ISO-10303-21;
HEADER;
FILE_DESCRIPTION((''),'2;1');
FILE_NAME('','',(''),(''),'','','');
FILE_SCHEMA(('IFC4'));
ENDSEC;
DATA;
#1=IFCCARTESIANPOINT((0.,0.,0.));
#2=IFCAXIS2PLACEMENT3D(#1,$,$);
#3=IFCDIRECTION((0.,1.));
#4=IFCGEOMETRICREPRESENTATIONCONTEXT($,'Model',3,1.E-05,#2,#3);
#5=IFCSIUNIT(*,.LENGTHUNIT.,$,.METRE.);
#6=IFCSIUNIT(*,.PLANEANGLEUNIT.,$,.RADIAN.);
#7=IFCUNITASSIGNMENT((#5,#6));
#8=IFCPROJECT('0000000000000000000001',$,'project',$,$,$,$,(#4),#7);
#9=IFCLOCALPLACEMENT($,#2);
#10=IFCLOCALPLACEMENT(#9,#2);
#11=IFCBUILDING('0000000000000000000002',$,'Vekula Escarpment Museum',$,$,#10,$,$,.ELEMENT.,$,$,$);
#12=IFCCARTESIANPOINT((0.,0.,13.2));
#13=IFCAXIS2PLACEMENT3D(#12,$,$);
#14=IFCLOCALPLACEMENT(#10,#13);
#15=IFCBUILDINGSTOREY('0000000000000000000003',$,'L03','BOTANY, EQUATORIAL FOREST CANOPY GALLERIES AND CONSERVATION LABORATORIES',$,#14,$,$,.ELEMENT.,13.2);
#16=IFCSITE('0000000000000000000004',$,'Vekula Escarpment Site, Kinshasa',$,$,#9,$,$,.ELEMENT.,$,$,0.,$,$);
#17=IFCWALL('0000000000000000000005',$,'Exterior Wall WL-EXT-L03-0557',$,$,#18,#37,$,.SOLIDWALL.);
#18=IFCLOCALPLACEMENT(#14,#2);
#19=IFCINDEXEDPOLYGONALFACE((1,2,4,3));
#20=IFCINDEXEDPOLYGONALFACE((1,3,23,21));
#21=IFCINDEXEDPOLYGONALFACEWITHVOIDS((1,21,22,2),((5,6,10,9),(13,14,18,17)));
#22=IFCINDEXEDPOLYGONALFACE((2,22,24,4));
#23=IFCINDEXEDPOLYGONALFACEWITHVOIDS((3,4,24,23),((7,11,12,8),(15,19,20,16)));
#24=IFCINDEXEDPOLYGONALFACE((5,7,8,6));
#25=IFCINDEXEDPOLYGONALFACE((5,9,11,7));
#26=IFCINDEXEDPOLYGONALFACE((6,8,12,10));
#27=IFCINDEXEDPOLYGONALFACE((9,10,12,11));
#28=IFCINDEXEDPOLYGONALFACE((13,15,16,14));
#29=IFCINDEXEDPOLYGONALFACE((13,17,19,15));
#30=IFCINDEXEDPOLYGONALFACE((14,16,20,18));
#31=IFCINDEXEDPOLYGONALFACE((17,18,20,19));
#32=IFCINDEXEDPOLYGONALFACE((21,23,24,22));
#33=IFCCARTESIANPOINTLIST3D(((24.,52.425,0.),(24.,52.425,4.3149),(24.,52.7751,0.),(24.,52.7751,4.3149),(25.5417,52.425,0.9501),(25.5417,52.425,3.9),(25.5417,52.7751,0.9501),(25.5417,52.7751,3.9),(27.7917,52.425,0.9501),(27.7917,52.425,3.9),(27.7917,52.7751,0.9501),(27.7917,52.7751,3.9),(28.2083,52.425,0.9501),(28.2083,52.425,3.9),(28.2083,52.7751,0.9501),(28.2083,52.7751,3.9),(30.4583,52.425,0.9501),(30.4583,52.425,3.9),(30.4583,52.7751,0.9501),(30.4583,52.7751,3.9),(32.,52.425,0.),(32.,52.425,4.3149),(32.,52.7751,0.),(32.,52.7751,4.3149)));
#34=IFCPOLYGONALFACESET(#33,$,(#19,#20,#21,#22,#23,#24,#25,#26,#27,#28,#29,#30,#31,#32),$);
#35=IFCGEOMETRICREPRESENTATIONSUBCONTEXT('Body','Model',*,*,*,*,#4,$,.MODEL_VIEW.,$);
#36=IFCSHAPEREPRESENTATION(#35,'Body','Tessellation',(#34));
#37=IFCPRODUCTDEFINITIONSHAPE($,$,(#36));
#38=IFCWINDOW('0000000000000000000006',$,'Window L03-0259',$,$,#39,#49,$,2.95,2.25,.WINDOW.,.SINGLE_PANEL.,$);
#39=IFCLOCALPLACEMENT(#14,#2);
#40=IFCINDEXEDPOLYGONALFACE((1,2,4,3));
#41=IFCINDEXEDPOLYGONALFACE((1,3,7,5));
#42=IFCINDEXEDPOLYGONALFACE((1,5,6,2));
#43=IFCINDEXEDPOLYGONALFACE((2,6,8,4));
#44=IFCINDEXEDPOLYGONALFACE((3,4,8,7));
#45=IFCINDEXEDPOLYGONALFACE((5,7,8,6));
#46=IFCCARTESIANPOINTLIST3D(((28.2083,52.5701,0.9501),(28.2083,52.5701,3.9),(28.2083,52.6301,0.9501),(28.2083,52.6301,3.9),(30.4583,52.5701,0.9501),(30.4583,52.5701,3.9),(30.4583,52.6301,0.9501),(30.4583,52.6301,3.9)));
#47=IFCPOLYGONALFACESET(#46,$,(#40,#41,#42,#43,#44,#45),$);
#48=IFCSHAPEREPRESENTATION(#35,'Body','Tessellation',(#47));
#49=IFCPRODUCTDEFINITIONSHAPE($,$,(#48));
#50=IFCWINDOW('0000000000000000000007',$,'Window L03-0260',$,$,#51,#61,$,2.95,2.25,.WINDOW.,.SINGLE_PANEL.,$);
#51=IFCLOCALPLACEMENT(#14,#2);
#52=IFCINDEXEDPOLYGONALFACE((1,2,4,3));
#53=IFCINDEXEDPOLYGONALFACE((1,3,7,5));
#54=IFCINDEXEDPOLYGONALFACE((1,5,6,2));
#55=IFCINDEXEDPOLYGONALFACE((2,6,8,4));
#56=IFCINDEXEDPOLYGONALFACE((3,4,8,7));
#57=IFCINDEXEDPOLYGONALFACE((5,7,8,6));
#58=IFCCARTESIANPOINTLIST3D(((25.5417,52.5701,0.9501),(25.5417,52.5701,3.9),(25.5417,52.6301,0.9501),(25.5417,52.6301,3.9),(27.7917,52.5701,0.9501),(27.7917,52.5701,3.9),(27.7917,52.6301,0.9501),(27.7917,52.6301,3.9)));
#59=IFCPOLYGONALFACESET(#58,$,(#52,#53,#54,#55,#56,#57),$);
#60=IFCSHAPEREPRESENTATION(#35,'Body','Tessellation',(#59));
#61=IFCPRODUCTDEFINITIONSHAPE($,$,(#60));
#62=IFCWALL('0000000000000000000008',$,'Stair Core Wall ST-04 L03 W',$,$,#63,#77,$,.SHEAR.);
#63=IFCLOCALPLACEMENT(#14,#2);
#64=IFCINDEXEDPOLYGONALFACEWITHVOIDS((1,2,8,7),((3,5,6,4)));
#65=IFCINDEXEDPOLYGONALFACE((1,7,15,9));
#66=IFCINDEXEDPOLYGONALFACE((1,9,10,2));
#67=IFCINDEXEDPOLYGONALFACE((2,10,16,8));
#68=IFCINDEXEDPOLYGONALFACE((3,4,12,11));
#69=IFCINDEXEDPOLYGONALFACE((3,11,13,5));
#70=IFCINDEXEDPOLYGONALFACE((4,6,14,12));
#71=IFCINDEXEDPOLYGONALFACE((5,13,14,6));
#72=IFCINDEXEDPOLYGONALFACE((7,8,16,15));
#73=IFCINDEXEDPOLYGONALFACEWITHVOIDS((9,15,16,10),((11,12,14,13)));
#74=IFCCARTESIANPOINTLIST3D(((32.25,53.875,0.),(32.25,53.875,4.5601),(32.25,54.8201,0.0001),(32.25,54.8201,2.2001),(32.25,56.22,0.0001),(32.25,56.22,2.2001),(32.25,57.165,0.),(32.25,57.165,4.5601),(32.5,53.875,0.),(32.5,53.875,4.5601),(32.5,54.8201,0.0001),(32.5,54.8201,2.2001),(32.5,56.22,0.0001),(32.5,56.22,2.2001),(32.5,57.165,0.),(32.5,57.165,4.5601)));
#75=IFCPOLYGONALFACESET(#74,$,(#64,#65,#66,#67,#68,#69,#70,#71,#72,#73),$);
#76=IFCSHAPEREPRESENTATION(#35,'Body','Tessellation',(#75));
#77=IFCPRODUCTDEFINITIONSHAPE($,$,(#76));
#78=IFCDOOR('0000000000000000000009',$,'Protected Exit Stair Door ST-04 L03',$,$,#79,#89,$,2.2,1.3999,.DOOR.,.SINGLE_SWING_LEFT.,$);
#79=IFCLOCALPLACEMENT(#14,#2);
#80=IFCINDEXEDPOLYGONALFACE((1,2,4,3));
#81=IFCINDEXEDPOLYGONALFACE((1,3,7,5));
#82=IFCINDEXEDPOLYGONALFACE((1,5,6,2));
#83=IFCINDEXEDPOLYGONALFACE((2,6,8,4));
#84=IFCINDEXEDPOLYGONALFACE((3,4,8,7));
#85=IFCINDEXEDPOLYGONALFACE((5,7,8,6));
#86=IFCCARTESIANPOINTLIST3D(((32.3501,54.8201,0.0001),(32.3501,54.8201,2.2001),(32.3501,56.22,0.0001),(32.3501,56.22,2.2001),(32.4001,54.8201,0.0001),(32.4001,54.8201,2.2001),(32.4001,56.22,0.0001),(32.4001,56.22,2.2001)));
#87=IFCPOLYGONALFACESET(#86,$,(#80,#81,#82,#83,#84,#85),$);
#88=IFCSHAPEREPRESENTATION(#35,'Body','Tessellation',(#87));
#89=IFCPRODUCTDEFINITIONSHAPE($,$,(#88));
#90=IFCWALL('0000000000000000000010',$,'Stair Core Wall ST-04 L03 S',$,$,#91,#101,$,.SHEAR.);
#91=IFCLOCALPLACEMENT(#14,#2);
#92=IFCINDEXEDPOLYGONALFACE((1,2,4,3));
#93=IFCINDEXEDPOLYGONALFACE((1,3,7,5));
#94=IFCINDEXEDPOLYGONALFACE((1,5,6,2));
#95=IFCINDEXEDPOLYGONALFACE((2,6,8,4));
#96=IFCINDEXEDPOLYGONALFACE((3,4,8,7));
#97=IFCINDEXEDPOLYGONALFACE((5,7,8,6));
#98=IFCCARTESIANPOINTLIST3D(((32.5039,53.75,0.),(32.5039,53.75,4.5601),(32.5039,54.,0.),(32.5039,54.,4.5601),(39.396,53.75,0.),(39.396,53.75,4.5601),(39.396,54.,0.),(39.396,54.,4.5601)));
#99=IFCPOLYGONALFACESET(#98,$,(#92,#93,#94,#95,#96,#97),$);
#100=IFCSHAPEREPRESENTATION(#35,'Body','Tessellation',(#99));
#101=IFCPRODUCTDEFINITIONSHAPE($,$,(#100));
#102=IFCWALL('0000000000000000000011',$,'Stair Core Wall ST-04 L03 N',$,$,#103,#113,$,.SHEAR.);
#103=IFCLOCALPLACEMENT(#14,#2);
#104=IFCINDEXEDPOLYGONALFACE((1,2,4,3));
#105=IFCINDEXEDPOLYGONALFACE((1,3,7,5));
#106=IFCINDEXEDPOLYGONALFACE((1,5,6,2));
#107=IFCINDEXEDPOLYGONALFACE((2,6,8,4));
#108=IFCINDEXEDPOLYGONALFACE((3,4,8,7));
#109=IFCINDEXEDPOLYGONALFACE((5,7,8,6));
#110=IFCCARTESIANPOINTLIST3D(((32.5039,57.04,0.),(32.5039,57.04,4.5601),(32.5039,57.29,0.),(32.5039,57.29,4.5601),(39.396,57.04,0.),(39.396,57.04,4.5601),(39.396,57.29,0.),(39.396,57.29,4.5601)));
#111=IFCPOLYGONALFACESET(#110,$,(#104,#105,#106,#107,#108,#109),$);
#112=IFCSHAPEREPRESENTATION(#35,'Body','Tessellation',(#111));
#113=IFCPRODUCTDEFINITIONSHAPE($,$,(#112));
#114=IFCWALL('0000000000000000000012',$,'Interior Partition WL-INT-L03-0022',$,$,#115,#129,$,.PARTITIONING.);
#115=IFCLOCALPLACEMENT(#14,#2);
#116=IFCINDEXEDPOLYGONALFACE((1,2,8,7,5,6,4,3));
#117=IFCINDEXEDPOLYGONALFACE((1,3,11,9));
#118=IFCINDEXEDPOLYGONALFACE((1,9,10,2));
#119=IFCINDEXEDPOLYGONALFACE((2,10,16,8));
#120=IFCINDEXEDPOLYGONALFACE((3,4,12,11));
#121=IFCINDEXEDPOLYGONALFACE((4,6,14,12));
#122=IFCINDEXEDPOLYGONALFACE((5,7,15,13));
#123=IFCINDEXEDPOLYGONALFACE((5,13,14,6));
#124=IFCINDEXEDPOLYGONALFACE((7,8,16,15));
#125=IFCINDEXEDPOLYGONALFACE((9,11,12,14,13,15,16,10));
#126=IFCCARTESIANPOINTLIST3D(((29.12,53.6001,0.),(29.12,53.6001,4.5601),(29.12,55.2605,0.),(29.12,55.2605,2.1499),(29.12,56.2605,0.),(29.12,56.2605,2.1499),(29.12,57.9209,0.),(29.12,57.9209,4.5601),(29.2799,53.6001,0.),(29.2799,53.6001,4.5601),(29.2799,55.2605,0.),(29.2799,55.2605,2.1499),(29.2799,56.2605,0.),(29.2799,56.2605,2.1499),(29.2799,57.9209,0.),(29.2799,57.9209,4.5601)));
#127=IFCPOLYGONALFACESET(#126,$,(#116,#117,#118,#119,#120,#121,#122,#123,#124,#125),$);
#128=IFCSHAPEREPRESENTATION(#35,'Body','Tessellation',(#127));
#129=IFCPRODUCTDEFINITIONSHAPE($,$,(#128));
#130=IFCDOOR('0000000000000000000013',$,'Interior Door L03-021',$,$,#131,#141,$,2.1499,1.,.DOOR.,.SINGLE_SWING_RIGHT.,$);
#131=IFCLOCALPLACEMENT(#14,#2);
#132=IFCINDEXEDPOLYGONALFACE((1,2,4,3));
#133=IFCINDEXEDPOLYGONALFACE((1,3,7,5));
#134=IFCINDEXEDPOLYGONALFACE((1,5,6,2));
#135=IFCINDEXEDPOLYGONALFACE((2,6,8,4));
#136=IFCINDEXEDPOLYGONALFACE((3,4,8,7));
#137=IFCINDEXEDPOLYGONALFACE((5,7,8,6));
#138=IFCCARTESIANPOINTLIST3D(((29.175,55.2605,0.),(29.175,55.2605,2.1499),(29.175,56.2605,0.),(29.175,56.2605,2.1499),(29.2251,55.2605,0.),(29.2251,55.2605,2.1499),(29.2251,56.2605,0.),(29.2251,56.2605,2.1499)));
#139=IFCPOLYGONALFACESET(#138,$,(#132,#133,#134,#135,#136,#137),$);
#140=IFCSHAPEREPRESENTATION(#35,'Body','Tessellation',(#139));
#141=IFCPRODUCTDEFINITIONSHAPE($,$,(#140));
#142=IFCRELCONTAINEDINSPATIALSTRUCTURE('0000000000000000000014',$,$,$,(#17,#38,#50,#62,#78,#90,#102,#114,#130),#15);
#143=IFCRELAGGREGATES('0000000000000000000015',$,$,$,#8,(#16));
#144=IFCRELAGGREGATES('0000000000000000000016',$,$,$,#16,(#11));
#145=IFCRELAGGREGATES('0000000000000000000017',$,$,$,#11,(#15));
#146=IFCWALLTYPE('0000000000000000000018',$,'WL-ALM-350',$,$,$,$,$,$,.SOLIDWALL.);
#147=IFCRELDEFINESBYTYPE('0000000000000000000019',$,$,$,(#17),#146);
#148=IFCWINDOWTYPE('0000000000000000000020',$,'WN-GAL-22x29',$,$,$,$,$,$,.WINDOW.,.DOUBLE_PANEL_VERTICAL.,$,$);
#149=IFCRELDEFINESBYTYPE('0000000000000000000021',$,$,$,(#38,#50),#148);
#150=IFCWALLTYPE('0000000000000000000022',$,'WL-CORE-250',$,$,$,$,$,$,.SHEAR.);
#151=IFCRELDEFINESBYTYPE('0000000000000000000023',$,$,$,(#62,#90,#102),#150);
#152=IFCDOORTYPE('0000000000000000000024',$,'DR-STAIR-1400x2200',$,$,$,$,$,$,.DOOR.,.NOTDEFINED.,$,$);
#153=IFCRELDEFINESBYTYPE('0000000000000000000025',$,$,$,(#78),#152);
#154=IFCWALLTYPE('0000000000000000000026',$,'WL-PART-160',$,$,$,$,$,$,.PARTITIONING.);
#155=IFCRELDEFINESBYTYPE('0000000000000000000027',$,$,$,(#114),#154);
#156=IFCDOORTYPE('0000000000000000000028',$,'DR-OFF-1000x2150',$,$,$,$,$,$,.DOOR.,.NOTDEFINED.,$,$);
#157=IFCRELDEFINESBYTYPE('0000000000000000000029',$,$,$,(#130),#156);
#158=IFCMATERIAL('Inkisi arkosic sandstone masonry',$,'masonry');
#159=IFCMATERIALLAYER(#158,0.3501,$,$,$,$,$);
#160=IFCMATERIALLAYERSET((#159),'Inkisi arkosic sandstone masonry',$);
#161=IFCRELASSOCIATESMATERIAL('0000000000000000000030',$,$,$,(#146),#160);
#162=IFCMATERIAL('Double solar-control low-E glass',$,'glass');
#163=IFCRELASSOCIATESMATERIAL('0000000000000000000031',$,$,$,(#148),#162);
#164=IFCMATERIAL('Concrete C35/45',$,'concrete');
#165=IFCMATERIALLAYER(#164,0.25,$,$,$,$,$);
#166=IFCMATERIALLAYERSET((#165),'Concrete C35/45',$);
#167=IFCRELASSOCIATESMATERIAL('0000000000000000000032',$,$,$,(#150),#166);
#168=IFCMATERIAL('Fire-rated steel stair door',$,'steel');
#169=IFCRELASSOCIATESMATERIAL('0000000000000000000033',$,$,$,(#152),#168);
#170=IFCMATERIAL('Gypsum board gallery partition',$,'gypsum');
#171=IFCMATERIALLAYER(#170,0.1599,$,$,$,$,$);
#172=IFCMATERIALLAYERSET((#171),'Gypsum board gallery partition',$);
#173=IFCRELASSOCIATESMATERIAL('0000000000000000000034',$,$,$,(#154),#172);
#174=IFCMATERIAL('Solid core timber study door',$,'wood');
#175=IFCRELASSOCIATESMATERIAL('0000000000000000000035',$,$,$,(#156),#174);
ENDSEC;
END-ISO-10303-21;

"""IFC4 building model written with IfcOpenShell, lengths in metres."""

from ifc_helpers import new_model, si_unit, direction, frame, frame_2d, origin, place, context, subcontext, project, spatial, rectangle, extrude, material, layer, layer_set, type_object, element, fill, save


model = new_model("IFC4")

# Units and contexts
model_context = context("Model", 3, precision=1e-05, world=origin(), true_north=direction((0.0, 1.0)))
body_context = subcontext(model_context, "Body", "Model", "MODEL_VIEW")
ifc_project = project(units=[si_unit("LENGTHUNIT", "METRE"), si_unit("PLANEANGLEUNIT", "RADIAN")], contexts=[model_context])

# Site, building, storey
site_placement = place(None, origin())
site = spatial("IfcSite", under=ifc_project, at=site_placement, Name="Vekula Escarpment Site, Kinshasa", CompositionType="ELEMENT", RefElevation=0.0)
building_placement = place(site_placement, origin())
building = spatial("IfcBuilding", under=site, at=building_placement, Name="Vekula Escarpment Museum", CompositionType="ELEMENT")
storey_placement = place(building_placement, frame((0.0, 0.0, 13.2)))
storey = spatial("IfcBuildingStorey", under=building, at=storey_placement, Name="L03", Description="BOTANY, EQUATORIAL FOREST CANOPY GALLERIES AND CONSERVATION LABORATORIES", CompositionType="ELEMENT", Elevation=13.2)

# Wall, openings, windows
ifc_material_1 = material(Name="Inkisi arkosic sandstone masonry", Category="masonry")
ifc_layer_1 = layer(ifc_material_1, 0.3501)
ifc_layer_set_1 = layer_set([ifc_layer_1], Name="Inkisi arkosic sandstone masonry")
wall_type_1 = type_object("IfcWallType", Name="WL-ALM-350", PredefinedType="SOLIDWALL", material=ifc_layer_set_1)
wall_1_placement = place(storey_placement, frame((32.0, 52.6001, 0.0), z_axis=(0.0, 0.0, 1.0), x_axis=(-1.0, 0.0, 0.0)))
wall_1 = element("IfcWall", 1, at=wall_1_placement, inside=storey, type_object=wall_type_1, Name="Exterior Wall WL-EXT-L03-0557", PredefinedType="SOLIDWALL", context=body_context, shape_type="SweptSolid", body=[
    extrude(rectangle(XDim=8.0, YDim=0.3501, at=frame_2d((4.0, 0.0))), origin(), (0.0, 0.0, 1.0), 4.3149),
])
opening_1_placement = place(wall_1_placement, frame((1.5417, 0.0, 0.95)))
opening_1 = element("IfcOpeningElement", 2, at=opening_1_placement, cuts=wall_1, PredefinedType="OPENING", context=body_context, shape_type="SweptSolid", body=[
    extrude(rectangle(XDim=2.25, YDim=2.95, at=frame_2d((1.125, 1.4751))), frame((0.0, 0.1851, 0.0), z_axis=(0.0, -1.0, 0.0), x_axis=(1.0, 0.0, 0.0)), (0.0, 0.0, 1.0), 0.3701),
])
opening_2_placement = place(wall_1_placement, frame((4.2083, 0.0, 0.95)))
opening_2 = element("IfcOpeningElement", 3, at=opening_2_placement, cuts=wall_1, PredefinedType="OPENING", context=body_context, shape_type="SweptSolid", body=[
    extrude(rectangle(XDim=2.25, YDim=2.95, at=frame_2d((1.125, 1.4751))), frame((0.0, 0.1851, 0.0), z_axis=(0.0, -1.0, 0.0), x_axis=(1.0, 0.0, 0.0)), (0.0, 0.0, 1.0), 0.3701),
])
ifc_material_2 = material(Name="Double solar-control low-E glass", Category="glass")
window_type = type_object("IfcWindowType", Name="WN-GAL-22x29", PartitioningType="DOUBLE_PANEL_VERTICAL", PredefinedType="WINDOW", material=ifc_material_2)
window_1_placement = place(opening_1_placement, origin())
window_1 = element("IfcWindow", 4, at=window_1_placement, inside=storey, type_object=window_type, Name="Window L03-0259", OverallHeight=2.95, OverallWidth=2.25, PartitioningType="SINGLE_PANEL", PredefinedType="WINDOW", context=body_context, shape_type="SweptSolid", body=[
    extrude(rectangle(XDim=2.25, YDim=2.95, at=frame_2d((1.125, 1.4751))), frame((0.0, 0.03, 0.0), z_axis=(0.0, -1.0, 0.0), x_axis=(1.0, 0.0, 0.0)), (0.0, 0.0, 1.0), 0.0601),
])
fill(opening_1, window_1)
window_2_placement = place(opening_2_placement, origin())
window_2 = element("IfcWindow", 5, at=window_2_placement, inside=storey, type_object=window_type, Name="Window L03-0260", OverallHeight=2.95, OverallWidth=2.25, PartitioningType="SINGLE_PANEL", PredefinedType="WINDOW", context=body_context, shape_type="SweptSolid", body=[
    extrude(rectangle(XDim=2.25, YDim=2.95, at=frame_2d((1.125, 1.4751))), frame((0.0, 0.03, 0.0), z_axis=(0.0, -1.0, 0.0), x_axis=(1.0, 0.0, 0.0)), (0.0, 0.0, 1.0), 0.0601),
])
fill(opening_2, window_2)

# Wall, opening, door
ifc_material_3 = material(Name="Concrete C35/45", Category="concrete")
ifc_layer_2 = layer(ifc_material_3, 0.25)
ifc_layer_set_2 = layer_set([ifc_layer_2], Name="Concrete C35/45")
wall_type_2 = type_object("IfcWallType", Name="WL-CORE-250", PredefinedType="SHEAR", material=ifc_layer_set_2)
wall_2_placement = place(storey_placement, frame((32.375, 53.875, 0.0), z_axis=(0.0, 0.0, 1.0), x_axis=(0.0, 1.0, 0.0)))
wall_2 = element("IfcWall", 6, at=wall_2_placement, inside=storey, type_object=wall_type_2, Name="Stair Core Wall ST-04 L03 W", PredefinedType="SHEAR", context=body_context, shape_type="SweptSolid", body=[
    extrude(rectangle(XDim=3.29, YDim=0.25, at=frame_2d((1.645, 0.0))), origin(), (0.0, 0.0, 1.0), 4.5601),
])
opening_3_placement = place(wall_2_placement, frame((0.9451, 0.0, 0.0)))
opening_3 = element("IfcOpeningElement", 7, at=opening_3_placement, cuts=wall_2, PredefinedType="OPENING", context=body_context, shape_type="SweptSolid", body=[
    extrude(rectangle(XDim=1.3999, YDim=2.2, at=frame_2d((0.7, 1.1001))), frame((0.0, 0.135, 0.0), z_axis=(0.0, -1.0, 0.0), x_axis=(1.0, 0.0, 0.0)), (0.0, 0.0, 1.0), 0.27),
])
ifc_material_4 = material(Name="Fire-rated steel stair door", Category="steel")
door_type_1 = type_object("IfcDoorType", Name="DR-STAIR-1400x2200", OperationType="NOTDEFINED", PredefinedType="DOOR", material=ifc_material_4)
door_1_placement = place(opening_3_placement, origin())
door_1 = element("IfcDoor", 8, at=door_1_placement, inside=storey, type_object=door_type_1, Name="Protected Exit Stair Door ST-04 L03", OperationType="SINGLE_SWING_LEFT", OverallHeight=2.2, OverallWidth=1.3999, PredefinedType="DOOR", context=body_context, shape_type="SweptSolid", body=[
    extrude(rectangle(XDim=1.3999, YDim=2.2, at=frame_2d((0.7, 1.1001))), frame((0.0, 0.0249, 0.0), z_axis=(0.0, -1.0, 0.0), x_axis=(1.0, 0.0, 0.0)), (0.0, 0.0, 1.0), 0.05),
])
fill(opening_3, door_1)

# Walls
for number, where, z_axis, x_axis, name in (
    (9, (32.5039, 53.875, 0.0), (0.0, 0.0, 1.0), (1.0, 0.0, 0.0), "Stair Core Wall ST-04 L03 S"),
    (10, (32.5039, 57.165, 0.0), (0.0, 0.0, 1.0), (1.0, 0.0, 0.0), "Stair Core Wall ST-04 L03 N"),
):
    element("IfcWall", number, at=place(storey_placement, frame(where, z_axis=z_axis, x_axis=x_axis)), inside=storey, type_object=wall_type_2, Name=name, PredefinedType="SHEAR", context=body_context, shape_type="SweptSolid", body=[
        extrude(rectangle(XDim=6.8921, YDim=0.25, at=frame_2d((3.446, 0.0))), origin(), (0.0, 0.0, 1.0), 4.5601),
    ])

# Wall, opening, door
ifc_material_5 = material(Name="Gypsum board gallery partition", Category="gypsum")
ifc_layer_3 = layer(ifc_material_5, 0.1599)
ifc_layer_set_3 = layer_set([ifc_layer_3], Name="Gypsum board gallery partition")
wall_type_3 = type_object("IfcWallType", Name="WL-PART-160", PredefinedType="PARTITIONING", material=ifc_layer_set_3)
wall_3_placement = place(storey_placement, frame((29.2, 53.6001, 0.0), z_axis=(0.0, 0.0, 1.0), x_axis=(0.0, 1.0, 0.0)))
wall_3 = element("IfcWall", 11, at=wall_3_placement, inside=storey, type_object=wall_type_3, Name="Interior Partition WL-INT-L03-0022", PredefinedType="PARTITIONING", context=body_context, shape_type="SweptSolid", body=[
    extrude(rectangle(XDim=4.3208, YDim=0.1599, at=frame_2d((2.1604, 0.0))), origin(), (0.0, 0.0, 1.0), 4.5601),
])
opening_4_placement = place(wall_3_placement, frame((1.6604, 0.0, 0.0)))
opening_4 = element("IfcOpeningElement", 12, at=opening_4_placement, cuts=wall_3, PredefinedType="OPENING", context=body_context, shape_type="SweptSolid", body=[
    extrude(rectangle(XDim=1.0, YDim=2.1499, at=frame_2d((0.5, 1.075))), frame((0.0, 0.0898, 0.0), z_axis=(0.0, -1.0, 0.0), x_axis=(1.0, 0.0, 0.0)), (0.0, 0.0, 1.0), 0.1799),
])
ifc_material_6 = material(Name="Solid core timber study door", Category="wood")
door_type_2 = type_object("IfcDoorType", Name="DR-OFF-1000x2150", OperationType="NOTDEFINED", PredefinedType="DOOR", material=ifc_material_6)
door_2_placement = place(opening_4_placement, origin())
door_2 = element("IfcDoor", 13, at=door_2_placement, inside=storey, type_object=door_type_2, Name="Interior Door L03-021", OperationType="SINGLE_SWING_RIGHT", OverallHeight=2.1499, OverallWidth=1.0, PredefinedType="DOOR", context=body_context, shape_type="SweptSolid", body=[
    extrude(rectangle(XDim=1.0, YDim=2.1499, at=frame_2d((0.5, 1.075))), frame((0.0, 0.0249, 0.0), z_axis=(0.0, -1.0, 0.0), x_axis=(1.0, 0.0, 0.0)), (0.0, 0.0, 1.0), 0.05),
])
fill(opening_4, door_2)

save(model, "model.ifc")
